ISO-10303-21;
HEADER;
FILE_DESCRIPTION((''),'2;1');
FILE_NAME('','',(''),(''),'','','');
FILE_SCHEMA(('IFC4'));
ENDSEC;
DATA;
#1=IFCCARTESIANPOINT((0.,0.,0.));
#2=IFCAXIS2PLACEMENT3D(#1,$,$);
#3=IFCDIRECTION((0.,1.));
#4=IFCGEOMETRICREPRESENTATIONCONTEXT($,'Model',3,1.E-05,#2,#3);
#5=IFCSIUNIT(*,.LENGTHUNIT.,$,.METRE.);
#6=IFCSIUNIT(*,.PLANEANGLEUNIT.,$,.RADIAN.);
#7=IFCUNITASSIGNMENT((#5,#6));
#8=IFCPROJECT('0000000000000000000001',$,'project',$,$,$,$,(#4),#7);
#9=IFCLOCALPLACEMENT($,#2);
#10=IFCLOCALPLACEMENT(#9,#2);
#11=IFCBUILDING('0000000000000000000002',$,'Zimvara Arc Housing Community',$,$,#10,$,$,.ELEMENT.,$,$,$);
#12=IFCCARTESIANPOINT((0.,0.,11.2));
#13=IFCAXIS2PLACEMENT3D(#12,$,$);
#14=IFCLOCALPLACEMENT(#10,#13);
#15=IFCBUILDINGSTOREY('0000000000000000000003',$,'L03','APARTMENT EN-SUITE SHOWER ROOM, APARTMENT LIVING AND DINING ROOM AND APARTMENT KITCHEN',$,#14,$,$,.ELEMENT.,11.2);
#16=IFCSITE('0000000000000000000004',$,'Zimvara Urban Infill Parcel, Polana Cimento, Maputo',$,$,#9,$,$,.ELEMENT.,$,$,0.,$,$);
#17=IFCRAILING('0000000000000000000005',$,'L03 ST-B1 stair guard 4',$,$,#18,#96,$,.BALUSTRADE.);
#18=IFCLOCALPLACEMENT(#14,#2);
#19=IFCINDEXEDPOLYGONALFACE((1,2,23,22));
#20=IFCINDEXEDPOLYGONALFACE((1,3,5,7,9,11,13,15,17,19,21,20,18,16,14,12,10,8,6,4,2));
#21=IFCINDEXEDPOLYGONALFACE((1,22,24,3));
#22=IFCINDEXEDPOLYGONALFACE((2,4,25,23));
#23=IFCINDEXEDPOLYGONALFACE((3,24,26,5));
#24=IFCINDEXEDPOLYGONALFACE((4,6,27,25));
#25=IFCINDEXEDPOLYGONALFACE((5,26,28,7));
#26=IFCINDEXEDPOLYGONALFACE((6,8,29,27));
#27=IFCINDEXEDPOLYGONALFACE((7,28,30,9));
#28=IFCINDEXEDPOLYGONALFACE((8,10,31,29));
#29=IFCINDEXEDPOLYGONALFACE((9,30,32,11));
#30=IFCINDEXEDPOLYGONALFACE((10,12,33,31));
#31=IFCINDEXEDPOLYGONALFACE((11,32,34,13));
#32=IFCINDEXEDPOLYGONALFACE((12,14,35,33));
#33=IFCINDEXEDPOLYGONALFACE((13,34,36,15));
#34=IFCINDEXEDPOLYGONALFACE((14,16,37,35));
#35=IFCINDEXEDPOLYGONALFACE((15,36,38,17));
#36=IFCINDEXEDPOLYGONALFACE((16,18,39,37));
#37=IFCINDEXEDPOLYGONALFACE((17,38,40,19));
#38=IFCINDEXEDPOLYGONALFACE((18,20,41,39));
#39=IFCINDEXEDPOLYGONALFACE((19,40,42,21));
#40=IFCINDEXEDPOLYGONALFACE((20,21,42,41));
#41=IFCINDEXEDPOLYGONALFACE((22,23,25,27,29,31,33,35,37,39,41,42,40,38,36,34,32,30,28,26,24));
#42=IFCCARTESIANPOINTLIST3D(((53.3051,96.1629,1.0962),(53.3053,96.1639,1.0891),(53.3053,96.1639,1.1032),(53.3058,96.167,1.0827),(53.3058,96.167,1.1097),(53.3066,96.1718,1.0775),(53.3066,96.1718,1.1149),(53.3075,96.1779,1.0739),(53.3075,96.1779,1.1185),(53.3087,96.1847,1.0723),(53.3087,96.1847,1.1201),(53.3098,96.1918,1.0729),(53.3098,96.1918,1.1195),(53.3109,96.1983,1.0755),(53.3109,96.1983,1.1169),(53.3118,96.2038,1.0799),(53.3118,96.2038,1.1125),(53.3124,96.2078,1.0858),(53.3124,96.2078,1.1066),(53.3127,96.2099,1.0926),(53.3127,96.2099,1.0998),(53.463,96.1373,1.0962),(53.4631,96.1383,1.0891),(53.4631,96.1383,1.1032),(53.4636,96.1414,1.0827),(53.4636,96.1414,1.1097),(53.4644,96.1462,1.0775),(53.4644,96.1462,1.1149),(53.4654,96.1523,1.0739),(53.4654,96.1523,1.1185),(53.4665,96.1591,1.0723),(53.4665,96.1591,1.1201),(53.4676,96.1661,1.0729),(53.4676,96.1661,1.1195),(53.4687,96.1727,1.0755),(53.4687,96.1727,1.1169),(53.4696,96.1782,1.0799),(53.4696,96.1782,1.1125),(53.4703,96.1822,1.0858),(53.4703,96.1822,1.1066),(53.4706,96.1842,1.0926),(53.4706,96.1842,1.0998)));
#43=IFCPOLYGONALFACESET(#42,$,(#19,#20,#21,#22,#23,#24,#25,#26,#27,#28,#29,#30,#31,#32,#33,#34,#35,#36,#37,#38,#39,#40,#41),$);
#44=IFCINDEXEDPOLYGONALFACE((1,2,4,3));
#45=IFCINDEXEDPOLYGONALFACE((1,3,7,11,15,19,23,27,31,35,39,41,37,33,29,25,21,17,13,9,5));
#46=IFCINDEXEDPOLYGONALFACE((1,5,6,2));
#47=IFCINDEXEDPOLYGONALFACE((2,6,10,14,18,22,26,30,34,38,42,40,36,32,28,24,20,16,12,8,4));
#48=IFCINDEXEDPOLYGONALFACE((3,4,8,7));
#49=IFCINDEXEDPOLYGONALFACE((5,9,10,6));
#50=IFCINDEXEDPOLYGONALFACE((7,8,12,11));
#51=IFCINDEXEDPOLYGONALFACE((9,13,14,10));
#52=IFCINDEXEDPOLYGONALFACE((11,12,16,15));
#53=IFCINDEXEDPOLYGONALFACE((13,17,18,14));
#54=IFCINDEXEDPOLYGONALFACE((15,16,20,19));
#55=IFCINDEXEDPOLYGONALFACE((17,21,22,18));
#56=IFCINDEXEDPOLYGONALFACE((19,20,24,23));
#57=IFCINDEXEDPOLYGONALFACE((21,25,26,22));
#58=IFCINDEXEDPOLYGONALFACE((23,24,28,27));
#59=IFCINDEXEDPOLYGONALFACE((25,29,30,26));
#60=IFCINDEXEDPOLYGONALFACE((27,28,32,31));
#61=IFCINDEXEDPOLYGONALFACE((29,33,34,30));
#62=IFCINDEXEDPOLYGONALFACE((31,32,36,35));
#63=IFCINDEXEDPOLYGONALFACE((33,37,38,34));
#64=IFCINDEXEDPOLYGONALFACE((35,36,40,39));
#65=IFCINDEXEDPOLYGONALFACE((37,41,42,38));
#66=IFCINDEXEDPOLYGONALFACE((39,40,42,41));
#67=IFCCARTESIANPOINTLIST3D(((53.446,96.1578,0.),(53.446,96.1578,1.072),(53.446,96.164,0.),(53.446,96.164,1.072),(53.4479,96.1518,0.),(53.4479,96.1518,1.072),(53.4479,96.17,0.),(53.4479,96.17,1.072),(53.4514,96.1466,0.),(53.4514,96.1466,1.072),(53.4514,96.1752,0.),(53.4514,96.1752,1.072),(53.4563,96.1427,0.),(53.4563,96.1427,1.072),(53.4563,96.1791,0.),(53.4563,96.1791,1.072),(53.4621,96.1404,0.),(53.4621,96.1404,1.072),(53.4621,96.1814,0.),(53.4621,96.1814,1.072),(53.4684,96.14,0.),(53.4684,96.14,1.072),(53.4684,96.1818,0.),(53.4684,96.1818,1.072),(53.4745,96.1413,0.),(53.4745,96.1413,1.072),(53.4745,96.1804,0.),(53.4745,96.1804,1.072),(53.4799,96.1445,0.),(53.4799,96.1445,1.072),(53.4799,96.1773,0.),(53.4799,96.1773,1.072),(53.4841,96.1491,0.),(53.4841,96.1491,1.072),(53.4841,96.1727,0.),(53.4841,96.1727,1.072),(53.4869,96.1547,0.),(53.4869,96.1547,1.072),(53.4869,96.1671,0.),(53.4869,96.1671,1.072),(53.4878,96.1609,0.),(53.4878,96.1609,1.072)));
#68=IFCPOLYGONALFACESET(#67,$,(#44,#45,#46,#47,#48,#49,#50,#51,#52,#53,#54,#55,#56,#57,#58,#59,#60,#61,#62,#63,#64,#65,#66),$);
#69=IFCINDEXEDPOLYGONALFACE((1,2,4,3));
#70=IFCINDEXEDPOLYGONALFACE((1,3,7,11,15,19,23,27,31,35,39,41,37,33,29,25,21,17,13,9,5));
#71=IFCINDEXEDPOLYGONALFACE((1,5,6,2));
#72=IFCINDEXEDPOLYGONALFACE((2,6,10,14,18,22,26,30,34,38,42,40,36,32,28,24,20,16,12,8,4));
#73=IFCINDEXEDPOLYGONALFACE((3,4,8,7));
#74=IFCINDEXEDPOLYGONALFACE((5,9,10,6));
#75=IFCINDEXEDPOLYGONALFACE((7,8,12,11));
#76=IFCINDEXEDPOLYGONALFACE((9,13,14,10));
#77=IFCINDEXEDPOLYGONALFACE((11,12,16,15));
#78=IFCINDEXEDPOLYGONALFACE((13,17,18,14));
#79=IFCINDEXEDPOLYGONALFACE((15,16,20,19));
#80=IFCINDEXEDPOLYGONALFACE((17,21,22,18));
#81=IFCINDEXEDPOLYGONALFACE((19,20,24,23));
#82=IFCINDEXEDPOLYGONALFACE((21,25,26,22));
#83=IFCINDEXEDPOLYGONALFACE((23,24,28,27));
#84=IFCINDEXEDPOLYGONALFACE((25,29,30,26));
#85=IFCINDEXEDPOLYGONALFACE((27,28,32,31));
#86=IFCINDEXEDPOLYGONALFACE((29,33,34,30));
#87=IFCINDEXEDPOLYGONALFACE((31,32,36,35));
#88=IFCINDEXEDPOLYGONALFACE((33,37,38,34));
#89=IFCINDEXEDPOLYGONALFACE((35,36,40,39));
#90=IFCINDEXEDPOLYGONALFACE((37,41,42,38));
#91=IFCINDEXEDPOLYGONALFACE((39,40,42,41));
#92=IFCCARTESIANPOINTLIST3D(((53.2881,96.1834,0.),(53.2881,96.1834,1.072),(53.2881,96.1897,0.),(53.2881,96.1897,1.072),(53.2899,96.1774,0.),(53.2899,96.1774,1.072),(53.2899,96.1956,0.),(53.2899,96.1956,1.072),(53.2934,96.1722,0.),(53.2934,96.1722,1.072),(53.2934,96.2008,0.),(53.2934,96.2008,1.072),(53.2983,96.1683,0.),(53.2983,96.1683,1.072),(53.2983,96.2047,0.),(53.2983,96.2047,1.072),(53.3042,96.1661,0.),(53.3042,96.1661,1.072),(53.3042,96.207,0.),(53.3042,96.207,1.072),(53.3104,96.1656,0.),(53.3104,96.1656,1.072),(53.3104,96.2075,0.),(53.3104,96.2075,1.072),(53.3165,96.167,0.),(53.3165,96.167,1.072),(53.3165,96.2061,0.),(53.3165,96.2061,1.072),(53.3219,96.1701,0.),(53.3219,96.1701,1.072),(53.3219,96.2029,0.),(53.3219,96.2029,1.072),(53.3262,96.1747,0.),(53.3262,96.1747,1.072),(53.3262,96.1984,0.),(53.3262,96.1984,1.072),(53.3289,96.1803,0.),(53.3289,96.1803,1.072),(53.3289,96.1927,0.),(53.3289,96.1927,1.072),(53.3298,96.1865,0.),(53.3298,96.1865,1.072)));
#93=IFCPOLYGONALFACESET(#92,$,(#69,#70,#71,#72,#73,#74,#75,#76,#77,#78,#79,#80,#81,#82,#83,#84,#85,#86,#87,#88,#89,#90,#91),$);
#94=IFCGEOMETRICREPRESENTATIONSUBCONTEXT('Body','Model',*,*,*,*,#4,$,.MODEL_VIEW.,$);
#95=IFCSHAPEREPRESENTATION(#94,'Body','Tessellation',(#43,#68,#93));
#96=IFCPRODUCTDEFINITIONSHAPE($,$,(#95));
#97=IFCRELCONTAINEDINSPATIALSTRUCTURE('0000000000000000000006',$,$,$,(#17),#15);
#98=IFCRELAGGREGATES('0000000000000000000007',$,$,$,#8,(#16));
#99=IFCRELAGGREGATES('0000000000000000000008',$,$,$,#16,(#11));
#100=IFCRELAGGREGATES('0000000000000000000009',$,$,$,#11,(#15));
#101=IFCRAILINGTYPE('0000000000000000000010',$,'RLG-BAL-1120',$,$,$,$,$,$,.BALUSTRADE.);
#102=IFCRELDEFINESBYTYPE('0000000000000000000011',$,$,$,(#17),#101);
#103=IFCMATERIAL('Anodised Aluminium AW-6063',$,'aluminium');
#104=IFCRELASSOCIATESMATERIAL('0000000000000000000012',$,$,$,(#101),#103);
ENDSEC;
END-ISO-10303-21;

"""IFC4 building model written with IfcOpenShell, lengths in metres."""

from ifc_helpers import new_model, si_unit, direction, frame, origin, origin_2d, place, context, subcontext, project, spatial, circle, extrude, material, type_object, element, save


model = new_model("IFC4")

# Units and contexts
model_context = context("Model", 3, precision=1e-05, world=origin(), true_north=direction((0.0, 1.0)))
body_context = subcontext(model_context, "Body", "Model", "MODEL_VIEW")
ifc_project = project(units=[si_unit("LENGTHUNIT", "METRE"), si_unit("PLANEANGLEUNIT", "RADIAN")], contexts=[model_context])

# Site, building, storey
site_placement = place(None, origin())
site = spatial("IfcSite", under=ifc_project, at=site_placement, Name="Zimvara Urban Infill Parcel, Polana Cimento, Maputo", CompositionType="ELEMENT", RefElevation=0.0)
building_placement = place(site_placement, origin())
building = spatial("IfcBuilding", under=site, at=building_placement, Name="Zimvara Arc Housing Community", CompositionType="ELEMENT")
storey_placement = place(building_placement, frame((0.0, 0.0, 11.2)))
storey = spatial("IfcBuildingStorey", under=building, at=storey_placement, Name="L03", Description="APARTMENT EN-SUITE SHOWER ROOM, APARTMENT LIVING AND DINING ROOM AND APARTMENT KITCHEN", CompositionType="ELEMENT", Elevation=11.2)

# Railing
ifc_material_1 = material(Name="Anodised Aluminium AW-6063", Category="aluminium")
railing_type_1 = type_object("IfcRailingType", Name="RLG-BAL-1120", PredefinedType="BALUSTRADE", material=ifc_material_1)
railing_1_placement = place(storey_placement, frame((53.4668, 96.1609, 0.0)))
element("IfcRailing", 1, at=railing_1_placement, inside=storey, type_object=railing_type_1, Name="L03 ST-B1 stair guard 4", PredefinedType="BALUSTRADE", context=body_context, shape_type="SweptSolid", body=[
    extrude(circle(Radius=0.0239, at=origin_2d()), frame((0.0, 0.0, 1.0962), z_axis=(-0.987086, 0.160192, 0.0), x_axis=(-0.160192, -0.987086, 0.0)), (0.0, 0.0, 1.0), 0.1599),
    extrude(circle(Radius=0.021, at=origin_2d()), origin(), (0.0, 0.0, 1.0), 1.072),
    extrude(circle(Radius=0.021, at=origin_2d()), frame((-0.158, 0.0256, 0.0)), (0.0, 0.0, 1.0), 1.072),
])

save(model, "model.ifc")
